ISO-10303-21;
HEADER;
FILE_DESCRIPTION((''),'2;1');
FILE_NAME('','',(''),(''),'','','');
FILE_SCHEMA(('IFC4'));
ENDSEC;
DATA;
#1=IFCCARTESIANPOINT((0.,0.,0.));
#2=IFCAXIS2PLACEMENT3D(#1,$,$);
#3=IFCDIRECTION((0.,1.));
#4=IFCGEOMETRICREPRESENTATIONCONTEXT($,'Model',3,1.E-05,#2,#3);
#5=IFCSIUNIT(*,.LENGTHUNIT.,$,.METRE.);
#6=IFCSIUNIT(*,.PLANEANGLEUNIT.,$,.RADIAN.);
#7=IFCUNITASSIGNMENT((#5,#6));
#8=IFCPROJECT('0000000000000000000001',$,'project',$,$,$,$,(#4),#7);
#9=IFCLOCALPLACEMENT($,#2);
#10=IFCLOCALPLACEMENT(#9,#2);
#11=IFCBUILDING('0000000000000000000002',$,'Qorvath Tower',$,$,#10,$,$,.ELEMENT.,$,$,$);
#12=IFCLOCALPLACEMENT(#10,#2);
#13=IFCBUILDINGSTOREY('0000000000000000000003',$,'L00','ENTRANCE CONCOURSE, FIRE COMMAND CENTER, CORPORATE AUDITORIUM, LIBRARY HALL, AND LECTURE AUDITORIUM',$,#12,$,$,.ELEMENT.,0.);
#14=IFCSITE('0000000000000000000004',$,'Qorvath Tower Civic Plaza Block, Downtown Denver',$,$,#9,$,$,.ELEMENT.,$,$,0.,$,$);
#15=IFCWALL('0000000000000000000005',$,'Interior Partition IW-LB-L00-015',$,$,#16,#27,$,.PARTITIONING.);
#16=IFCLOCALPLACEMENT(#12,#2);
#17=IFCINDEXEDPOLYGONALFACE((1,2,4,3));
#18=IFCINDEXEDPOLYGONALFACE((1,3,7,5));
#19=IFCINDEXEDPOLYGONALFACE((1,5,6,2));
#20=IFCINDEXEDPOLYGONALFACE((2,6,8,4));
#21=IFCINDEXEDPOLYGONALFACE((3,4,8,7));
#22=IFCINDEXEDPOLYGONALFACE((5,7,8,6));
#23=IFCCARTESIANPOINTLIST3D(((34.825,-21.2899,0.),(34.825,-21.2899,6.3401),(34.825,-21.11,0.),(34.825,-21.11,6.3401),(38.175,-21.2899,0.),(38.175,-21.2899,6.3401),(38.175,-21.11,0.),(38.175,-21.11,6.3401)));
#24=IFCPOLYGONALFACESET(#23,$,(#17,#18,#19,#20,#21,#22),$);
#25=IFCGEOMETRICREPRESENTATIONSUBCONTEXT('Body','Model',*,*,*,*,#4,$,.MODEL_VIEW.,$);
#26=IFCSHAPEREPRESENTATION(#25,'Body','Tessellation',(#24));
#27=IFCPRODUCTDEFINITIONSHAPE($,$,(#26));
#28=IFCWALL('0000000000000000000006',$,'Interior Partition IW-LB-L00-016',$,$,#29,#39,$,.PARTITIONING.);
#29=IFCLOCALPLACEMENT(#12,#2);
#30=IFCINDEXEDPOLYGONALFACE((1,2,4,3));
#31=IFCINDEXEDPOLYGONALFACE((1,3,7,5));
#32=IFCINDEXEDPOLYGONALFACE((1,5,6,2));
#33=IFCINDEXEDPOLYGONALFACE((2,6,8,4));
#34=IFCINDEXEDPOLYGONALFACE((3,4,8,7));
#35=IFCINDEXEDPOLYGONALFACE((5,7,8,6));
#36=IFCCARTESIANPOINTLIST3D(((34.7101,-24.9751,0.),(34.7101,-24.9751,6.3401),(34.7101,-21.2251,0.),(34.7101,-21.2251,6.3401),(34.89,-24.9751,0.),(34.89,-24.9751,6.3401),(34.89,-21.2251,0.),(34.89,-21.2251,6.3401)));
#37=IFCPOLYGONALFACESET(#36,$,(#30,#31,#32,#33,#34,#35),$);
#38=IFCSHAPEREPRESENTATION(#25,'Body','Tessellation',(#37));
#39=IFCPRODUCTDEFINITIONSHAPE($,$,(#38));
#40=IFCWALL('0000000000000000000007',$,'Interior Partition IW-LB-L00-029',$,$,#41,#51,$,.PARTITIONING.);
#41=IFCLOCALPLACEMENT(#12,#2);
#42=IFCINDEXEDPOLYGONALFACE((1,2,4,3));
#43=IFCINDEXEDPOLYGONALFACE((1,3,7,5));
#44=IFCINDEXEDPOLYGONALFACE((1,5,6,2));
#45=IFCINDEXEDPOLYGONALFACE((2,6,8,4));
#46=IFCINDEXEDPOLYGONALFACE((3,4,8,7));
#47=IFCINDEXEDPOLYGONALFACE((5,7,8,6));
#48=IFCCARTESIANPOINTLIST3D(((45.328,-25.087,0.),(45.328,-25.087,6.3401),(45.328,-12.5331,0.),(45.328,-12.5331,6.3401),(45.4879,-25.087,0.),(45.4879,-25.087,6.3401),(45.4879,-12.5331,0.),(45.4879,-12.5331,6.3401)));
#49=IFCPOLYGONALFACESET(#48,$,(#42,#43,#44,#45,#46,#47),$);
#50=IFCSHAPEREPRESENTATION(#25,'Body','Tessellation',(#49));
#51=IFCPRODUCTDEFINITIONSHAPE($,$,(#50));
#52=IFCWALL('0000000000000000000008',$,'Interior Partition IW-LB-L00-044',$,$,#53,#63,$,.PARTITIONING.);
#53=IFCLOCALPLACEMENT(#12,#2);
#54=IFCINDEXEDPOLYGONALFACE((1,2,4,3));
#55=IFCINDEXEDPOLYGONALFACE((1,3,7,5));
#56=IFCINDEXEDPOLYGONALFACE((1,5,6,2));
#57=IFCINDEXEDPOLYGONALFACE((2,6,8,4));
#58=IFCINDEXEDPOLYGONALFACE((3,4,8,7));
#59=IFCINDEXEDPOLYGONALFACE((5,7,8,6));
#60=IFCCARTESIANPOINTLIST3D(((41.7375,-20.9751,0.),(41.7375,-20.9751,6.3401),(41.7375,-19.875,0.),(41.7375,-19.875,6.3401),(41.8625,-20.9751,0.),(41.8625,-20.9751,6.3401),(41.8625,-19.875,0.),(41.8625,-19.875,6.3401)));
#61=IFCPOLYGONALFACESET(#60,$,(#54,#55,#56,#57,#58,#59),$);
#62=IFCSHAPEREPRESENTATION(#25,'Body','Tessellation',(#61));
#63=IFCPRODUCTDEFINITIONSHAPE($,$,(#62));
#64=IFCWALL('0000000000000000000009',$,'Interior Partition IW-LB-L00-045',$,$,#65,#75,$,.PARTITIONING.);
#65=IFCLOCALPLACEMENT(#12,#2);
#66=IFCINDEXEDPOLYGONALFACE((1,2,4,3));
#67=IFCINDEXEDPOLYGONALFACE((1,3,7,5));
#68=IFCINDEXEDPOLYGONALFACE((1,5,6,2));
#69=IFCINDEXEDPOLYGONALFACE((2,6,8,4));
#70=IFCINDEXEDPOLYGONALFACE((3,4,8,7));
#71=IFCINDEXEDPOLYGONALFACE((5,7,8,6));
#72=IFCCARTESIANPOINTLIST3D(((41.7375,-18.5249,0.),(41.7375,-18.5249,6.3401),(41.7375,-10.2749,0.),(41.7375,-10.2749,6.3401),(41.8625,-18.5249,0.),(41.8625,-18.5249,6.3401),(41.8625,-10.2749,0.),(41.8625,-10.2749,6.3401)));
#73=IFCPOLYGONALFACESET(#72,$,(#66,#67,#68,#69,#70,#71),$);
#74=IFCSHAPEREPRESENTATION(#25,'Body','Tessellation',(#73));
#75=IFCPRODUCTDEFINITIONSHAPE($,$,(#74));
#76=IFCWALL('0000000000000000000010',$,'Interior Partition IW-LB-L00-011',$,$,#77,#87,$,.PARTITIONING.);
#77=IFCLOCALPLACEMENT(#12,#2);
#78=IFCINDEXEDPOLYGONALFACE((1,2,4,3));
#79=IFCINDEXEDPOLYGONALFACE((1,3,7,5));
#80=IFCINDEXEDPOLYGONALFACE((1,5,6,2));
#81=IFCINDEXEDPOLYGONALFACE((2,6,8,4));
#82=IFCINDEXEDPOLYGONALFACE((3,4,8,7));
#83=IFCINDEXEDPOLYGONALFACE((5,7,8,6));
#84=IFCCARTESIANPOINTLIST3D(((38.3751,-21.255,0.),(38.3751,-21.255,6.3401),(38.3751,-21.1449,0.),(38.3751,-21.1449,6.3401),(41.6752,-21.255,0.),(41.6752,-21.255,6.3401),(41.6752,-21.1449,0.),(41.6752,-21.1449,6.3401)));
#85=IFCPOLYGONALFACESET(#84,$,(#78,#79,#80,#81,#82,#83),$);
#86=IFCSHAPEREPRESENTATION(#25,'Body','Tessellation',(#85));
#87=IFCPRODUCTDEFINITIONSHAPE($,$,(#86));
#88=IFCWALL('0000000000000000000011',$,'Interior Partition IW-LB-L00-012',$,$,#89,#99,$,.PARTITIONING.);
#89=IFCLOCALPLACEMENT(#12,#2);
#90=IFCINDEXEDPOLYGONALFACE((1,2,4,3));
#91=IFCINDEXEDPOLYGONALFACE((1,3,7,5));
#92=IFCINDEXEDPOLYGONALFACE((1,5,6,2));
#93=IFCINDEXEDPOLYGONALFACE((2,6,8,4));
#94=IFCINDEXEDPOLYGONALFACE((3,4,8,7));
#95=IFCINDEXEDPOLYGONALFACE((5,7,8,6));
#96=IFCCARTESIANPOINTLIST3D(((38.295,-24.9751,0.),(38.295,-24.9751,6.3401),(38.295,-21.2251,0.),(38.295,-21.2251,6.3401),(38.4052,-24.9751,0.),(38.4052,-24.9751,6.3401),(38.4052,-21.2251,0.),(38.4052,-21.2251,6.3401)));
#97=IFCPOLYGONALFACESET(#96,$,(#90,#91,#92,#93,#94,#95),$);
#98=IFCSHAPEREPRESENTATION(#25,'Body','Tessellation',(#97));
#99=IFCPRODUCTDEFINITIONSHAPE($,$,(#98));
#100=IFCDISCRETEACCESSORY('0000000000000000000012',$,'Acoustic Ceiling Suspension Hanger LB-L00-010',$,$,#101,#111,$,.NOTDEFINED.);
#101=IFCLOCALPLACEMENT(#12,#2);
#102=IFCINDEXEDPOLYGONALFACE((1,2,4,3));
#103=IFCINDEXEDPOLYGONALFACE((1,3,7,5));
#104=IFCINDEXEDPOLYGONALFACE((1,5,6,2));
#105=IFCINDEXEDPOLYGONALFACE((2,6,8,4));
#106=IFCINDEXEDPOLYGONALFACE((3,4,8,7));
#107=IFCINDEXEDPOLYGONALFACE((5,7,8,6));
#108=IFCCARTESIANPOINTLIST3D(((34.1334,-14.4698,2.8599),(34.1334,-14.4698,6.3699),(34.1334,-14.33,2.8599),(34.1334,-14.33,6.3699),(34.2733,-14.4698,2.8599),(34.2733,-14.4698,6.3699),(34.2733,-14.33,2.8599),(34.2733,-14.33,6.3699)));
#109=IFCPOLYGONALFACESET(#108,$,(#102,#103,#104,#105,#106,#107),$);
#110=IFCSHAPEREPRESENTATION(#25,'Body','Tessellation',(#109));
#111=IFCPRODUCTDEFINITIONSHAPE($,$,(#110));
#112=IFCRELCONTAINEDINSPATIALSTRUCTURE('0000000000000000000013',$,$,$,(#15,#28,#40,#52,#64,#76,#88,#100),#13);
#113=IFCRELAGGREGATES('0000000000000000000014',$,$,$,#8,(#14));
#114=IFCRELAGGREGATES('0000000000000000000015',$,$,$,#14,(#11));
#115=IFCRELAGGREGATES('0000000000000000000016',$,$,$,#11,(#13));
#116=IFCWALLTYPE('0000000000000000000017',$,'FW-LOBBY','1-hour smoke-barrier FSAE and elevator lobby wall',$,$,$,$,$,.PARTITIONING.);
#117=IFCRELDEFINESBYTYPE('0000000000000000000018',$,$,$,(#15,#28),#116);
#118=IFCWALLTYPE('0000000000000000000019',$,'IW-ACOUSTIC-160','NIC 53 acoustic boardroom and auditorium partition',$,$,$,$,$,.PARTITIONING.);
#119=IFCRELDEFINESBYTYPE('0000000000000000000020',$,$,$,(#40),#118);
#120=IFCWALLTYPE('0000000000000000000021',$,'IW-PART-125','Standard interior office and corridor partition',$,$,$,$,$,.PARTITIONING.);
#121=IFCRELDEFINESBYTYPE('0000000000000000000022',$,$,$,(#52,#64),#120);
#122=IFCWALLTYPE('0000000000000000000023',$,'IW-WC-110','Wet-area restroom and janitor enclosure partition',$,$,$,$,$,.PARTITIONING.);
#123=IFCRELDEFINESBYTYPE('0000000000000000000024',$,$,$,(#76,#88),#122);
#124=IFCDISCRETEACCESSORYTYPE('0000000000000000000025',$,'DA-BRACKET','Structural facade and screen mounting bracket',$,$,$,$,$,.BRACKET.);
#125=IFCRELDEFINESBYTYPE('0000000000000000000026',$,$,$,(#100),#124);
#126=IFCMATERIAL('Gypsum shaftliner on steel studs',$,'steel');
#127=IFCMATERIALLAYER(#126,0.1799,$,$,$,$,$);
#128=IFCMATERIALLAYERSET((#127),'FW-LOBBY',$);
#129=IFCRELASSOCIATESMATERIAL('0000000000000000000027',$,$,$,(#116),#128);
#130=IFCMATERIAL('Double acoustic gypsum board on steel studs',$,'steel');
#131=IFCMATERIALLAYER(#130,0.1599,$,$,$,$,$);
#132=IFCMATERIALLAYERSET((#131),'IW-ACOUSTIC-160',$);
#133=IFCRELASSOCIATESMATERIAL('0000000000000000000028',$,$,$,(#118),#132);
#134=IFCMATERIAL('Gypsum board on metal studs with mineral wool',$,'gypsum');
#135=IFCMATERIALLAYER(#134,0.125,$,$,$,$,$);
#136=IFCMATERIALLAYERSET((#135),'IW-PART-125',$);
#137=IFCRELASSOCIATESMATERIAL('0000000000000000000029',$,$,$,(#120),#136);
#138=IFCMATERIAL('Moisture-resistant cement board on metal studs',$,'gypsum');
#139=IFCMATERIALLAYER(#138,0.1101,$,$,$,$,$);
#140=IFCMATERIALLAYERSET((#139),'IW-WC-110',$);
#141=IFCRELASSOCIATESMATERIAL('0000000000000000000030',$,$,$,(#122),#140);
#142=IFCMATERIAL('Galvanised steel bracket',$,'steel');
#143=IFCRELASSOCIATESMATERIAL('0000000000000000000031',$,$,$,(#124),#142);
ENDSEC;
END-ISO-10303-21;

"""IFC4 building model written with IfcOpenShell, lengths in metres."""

from ifc_helpers import new_model, si_unit, direction, frame, frame_2d, origin, origin_2d, place, context, subcontext, project, spatial, rectangle, extrude, material, layer, layer_set, type_object, element, save


model = new_model("IFC4")

# Units and contexts
model_context = context("Model", 3, precision=1e-05, world=origin(), true_north=direction((0.0, 1.0)))
body_context = subcontext(model_context, "Body", "Model", "MODEL_VIEW")
ifc_project = project(units=[si_unit("LENGTHUNIT", "METRE"), si_unit("PLANEANGLEUNIT", "RADIAN")], contexts=[model_context])

# Site, building, storey
site_placement = place(None, origin())
site = spatial("IfcSite", under=ifc_project, at=site_placement, Name="Qorvath Tower Civic Plaza Block, Downtown Denver", CompositionType="ELEMENT", RefElevation=0.0)
building_placement = place(site_placement, origin())
building = spatial("IfcBuilding", under=site, at=building_placement, Name="Qorvath Tower", CompositionType="ELEMENT")
storey_placement = place(building_placement, origin())
storey = spatial("IfcBuildingStorey", under=building, at=storey_placement, Name="L00", Description="ENTRANCE CONCOURSE, FIRE COMMAND CENTER, CORPORATE AUDITORIUM, LIBRARY HALL, AND LECTURE AUDITORIUM", CompositionType="ELEMENT", Elevation=0.0)

# Walls
ifc_material_1 = material(Name="Gypsum shaftliner on steel studs", Category="steel")
ifc_layer_1 = layer(ifc_material_1, 0.1799)
ifc_layer_set_1 = layer_set([ifc_layer_1], Name="FW-LOBBY")
wall_type_1 = type_object("IfcWallType", Name="FW-LOBBY", Description="1-hour smoke-barrier FSAE and elevator lobby wall", PredefinedType="PARTITIONING", material=ifc_layer_set_1)
wall_1_placement = place(storey_placement, frame((38.175, -21.2, 0.0), z_axis=(0.0, 0.0, 1.0), x_axis=(-1.0, 0.0, 0.0)))
element("IfcWall", 1, at=wall_1_placement, inside=storey, type_object=wall_type_1, Name="Interior Partition IW-LB-L00-015", PredefinedType="PARTITIONING", context=body_context, shape_type="SweptSolid", body=[
    extrude(rectangle(XDim=3.3501, YDim=0.1799, at=frame_2d((1.675, 0.0))), origin(), (0.0, 0.0, 1.0), 6.3401),
])
wall_2_placement = place(storey_placement, frame((34.8, -21.2251, 0.0), z_axis=(0.0, 0.0, 1.0), x_axis=(0.0, -1.0, 0.0)))
element("IfcWall", 2, at=wall_2_placement, inside=storey, type_object=wall_type_1, Name="Interior Partition IW-LB-L00-016", PredefinedType="PARTITIONING", context=body_context, shape_type="SweptSolid", body=[
    extrude(rectangle(XDim=3.75, YDim=0.1799, at=frame_2d((1.875, 0.0))), origin(), (0.0, 0.0, 1.0), 6.3401),
])
ifc_material_2 = material(Name="Double acoustic gypsum board on steel studs", Category="steel")
ifc_layer_2 = layer(ifc_material_2, 0.1599)
ifc_layer_set_2 = layer_set([ifc_layer_2], Name="IW-ACOUSTIC-160")
wall_type_2 = type_object("IfcWallType", Name="IW-ACOUSTIC-160", Description="NIC 53 acoustic boardroom and auditorium partition", PredefinedType="PARTITIONING", material=ifc_layer_set_2)
wall_3_placement = place(storey_placement, frame((45.408, -12.5332, 0.0), z_axis=(0.0, 0.0, 1.0), x_axis=(0.0, -1.0, 0.0)))
element("IfcWall", 3, at=wall_3_placement, inside=storey, type_object=wall_type_2, Name="Interior Partition IW-LB-L00-029", PredefinedType="PARTITIONING", context=body_context, shape_type="SweptSolid", body=[
    extrude(rectangle(XDim=12.554, YDim=0.1599, at=frame_2d((6.2769, 0.0))), origin(), (0.0, 0.0, 1.0), 6.3401),
])
ifc_material_3 = material(Name="Gypsum board on metal studs with mineral wool", Category="gypsum")
ifc_layer_3 = layer(ifc_material_3, 0.125)
ifc_layer_set_3 = layer_set([ifc_layer_3], Name="IW-PART-125")
wall_type_3 = type_object("IfcWallType", Name="IW-PART-125", Description="Standard interior office and corridor partition", PredefinedType="PARTITIONING", material=ifc_layer_set_3)
wall_4_placement = place(storey_placement, frame((41.8, -20.9751, 0.0), z_axis=(0.0, 0.0, 1.0), x_axis=(0.0, 1.0, 0.0)))
element("IfcWall", 4, at=wall_4_placement, inside=storey, type_object=wall_type_3, Name="Interior Partition IW-LB-L00-044", PredefinedType="PARTITIONING", context=body_context, shape_type="SweptSolid", body=[
    extrude(rectangle(XDim=1.1001, YDim=0.125, at=frame_2d((0.55, 0.0))), origin(), (0.0, 0.0, 1.0), 6.3401),
])
wall_5_placement = place(storey_placement, frame((41.8, -18.5249, 0.0), z_axis=(0.0, 0.0, 1.0), x_axis=(0.0, 1.0, 0.0)))
element("IfcWall", 5, at=wall_5_placement, inside=storey, type_object=wall_type_3, Name="Interior Partition IW-LB-L00-045", PredefinedType="PARTITIONING", context=body_context, shape_type="SweptSolid", body=[
    extrude(rectangle(XDim=8.25, YDim=0.125, at=frame_2d((4.125, 0.0))), origin(), (0.0, 0.0, 1.0), 6.3401),
])
ifc_material_4 = material(Name="Moisture-resistant cement board on metal studs", Category="gypsum")
ifc_layer_4 = layer(ifc_material_4, 0.1101)
ifc_layer_set_4 = layer_set([ifc_layer_4], Name="IW-WC-110")
wall_type_4 = type_object("IfcWallType", Name="IW-WC-110", Description="Wet-area restroom and janitor enclosure partition", PredefinedType="PARTITIONING", material=ifc_layer_set_4)
wall_6_placement = place(storey_placement, frame((41.675, -21.2, 0.0), z_axis=(0.0, 0.0, 1.0), x_axis=(-1.0, 0.0, 0.0)))
element("IfcWall", 6, at=wall_6_placement, inside=storey, type_object=wall_type_4, Name="Interior Partition IW-LB-L00-011", PredefinedType="PARTITIONING", context=body_context, shape_type="SweptSolid", body=[
    extrude(rectangle(XDim=3.3, YDim=0.1101, at=frame_2d((1.6499, 0.0))), origin(), (0.0, 0.0, 1.0), 6.3401),
])
wall_7_placement = place(storey_placement, frame((38.3501, -21.2251, 0.0), z_axis=(0.0, 0.0, 1.0), x_axis=(0.0, -1.0, 0.0)))
element("IfcWall", 7, at=wall_7_placement, inside=storey, type_object=wall_type_4, Name="Interior Partition IW-LB-L00-012", PredefinedType="PARTITIONING", context=body_context, shape_type="SweptSolid", body=[
    extrude(rectangle(XDim=3.75, YDim=0.1101, at=frame_2d((1.875, 0.0))), origin(), (0.0, 0.0, 1.0), 6.3401),
])

# Discrete accessory
ifc_material_5 = material(Name="Galvanised steel bracket", Category="steel")
discrete_accessory_type = type_object("IfcDiscreteAccessoryType", Name="DA-BRACKET", Description="Structural facade and screen mounting bracket", PredefinedType="BRACKET", material=ifc_material_5)
discrete_accessory_placement = place(storey_placement, frame((34.2034, -14.3999, 2.8599), z_axis=(0.0, 0.0, 1.0), x_axis=(1.0, 0.0, 0.0)))
element("IfcDiscreteAccessory", 8, at=discrete_accessory_placement, inside=storey, type_object=discrete_accessory_type, Name="Acoustic Ceiling Suspension Hanger LB-L00-010", PredefinedType="NOTDEFINED", context=body_context, shape_type="SweptSolid", body=[
    extrude(rectangle(XDim=0.1399, YDim=0.1399, at=origin_2d()), origin(), (0.0, 0.0, 1.0), 3.51),
])

save(model, "model.ifc")
